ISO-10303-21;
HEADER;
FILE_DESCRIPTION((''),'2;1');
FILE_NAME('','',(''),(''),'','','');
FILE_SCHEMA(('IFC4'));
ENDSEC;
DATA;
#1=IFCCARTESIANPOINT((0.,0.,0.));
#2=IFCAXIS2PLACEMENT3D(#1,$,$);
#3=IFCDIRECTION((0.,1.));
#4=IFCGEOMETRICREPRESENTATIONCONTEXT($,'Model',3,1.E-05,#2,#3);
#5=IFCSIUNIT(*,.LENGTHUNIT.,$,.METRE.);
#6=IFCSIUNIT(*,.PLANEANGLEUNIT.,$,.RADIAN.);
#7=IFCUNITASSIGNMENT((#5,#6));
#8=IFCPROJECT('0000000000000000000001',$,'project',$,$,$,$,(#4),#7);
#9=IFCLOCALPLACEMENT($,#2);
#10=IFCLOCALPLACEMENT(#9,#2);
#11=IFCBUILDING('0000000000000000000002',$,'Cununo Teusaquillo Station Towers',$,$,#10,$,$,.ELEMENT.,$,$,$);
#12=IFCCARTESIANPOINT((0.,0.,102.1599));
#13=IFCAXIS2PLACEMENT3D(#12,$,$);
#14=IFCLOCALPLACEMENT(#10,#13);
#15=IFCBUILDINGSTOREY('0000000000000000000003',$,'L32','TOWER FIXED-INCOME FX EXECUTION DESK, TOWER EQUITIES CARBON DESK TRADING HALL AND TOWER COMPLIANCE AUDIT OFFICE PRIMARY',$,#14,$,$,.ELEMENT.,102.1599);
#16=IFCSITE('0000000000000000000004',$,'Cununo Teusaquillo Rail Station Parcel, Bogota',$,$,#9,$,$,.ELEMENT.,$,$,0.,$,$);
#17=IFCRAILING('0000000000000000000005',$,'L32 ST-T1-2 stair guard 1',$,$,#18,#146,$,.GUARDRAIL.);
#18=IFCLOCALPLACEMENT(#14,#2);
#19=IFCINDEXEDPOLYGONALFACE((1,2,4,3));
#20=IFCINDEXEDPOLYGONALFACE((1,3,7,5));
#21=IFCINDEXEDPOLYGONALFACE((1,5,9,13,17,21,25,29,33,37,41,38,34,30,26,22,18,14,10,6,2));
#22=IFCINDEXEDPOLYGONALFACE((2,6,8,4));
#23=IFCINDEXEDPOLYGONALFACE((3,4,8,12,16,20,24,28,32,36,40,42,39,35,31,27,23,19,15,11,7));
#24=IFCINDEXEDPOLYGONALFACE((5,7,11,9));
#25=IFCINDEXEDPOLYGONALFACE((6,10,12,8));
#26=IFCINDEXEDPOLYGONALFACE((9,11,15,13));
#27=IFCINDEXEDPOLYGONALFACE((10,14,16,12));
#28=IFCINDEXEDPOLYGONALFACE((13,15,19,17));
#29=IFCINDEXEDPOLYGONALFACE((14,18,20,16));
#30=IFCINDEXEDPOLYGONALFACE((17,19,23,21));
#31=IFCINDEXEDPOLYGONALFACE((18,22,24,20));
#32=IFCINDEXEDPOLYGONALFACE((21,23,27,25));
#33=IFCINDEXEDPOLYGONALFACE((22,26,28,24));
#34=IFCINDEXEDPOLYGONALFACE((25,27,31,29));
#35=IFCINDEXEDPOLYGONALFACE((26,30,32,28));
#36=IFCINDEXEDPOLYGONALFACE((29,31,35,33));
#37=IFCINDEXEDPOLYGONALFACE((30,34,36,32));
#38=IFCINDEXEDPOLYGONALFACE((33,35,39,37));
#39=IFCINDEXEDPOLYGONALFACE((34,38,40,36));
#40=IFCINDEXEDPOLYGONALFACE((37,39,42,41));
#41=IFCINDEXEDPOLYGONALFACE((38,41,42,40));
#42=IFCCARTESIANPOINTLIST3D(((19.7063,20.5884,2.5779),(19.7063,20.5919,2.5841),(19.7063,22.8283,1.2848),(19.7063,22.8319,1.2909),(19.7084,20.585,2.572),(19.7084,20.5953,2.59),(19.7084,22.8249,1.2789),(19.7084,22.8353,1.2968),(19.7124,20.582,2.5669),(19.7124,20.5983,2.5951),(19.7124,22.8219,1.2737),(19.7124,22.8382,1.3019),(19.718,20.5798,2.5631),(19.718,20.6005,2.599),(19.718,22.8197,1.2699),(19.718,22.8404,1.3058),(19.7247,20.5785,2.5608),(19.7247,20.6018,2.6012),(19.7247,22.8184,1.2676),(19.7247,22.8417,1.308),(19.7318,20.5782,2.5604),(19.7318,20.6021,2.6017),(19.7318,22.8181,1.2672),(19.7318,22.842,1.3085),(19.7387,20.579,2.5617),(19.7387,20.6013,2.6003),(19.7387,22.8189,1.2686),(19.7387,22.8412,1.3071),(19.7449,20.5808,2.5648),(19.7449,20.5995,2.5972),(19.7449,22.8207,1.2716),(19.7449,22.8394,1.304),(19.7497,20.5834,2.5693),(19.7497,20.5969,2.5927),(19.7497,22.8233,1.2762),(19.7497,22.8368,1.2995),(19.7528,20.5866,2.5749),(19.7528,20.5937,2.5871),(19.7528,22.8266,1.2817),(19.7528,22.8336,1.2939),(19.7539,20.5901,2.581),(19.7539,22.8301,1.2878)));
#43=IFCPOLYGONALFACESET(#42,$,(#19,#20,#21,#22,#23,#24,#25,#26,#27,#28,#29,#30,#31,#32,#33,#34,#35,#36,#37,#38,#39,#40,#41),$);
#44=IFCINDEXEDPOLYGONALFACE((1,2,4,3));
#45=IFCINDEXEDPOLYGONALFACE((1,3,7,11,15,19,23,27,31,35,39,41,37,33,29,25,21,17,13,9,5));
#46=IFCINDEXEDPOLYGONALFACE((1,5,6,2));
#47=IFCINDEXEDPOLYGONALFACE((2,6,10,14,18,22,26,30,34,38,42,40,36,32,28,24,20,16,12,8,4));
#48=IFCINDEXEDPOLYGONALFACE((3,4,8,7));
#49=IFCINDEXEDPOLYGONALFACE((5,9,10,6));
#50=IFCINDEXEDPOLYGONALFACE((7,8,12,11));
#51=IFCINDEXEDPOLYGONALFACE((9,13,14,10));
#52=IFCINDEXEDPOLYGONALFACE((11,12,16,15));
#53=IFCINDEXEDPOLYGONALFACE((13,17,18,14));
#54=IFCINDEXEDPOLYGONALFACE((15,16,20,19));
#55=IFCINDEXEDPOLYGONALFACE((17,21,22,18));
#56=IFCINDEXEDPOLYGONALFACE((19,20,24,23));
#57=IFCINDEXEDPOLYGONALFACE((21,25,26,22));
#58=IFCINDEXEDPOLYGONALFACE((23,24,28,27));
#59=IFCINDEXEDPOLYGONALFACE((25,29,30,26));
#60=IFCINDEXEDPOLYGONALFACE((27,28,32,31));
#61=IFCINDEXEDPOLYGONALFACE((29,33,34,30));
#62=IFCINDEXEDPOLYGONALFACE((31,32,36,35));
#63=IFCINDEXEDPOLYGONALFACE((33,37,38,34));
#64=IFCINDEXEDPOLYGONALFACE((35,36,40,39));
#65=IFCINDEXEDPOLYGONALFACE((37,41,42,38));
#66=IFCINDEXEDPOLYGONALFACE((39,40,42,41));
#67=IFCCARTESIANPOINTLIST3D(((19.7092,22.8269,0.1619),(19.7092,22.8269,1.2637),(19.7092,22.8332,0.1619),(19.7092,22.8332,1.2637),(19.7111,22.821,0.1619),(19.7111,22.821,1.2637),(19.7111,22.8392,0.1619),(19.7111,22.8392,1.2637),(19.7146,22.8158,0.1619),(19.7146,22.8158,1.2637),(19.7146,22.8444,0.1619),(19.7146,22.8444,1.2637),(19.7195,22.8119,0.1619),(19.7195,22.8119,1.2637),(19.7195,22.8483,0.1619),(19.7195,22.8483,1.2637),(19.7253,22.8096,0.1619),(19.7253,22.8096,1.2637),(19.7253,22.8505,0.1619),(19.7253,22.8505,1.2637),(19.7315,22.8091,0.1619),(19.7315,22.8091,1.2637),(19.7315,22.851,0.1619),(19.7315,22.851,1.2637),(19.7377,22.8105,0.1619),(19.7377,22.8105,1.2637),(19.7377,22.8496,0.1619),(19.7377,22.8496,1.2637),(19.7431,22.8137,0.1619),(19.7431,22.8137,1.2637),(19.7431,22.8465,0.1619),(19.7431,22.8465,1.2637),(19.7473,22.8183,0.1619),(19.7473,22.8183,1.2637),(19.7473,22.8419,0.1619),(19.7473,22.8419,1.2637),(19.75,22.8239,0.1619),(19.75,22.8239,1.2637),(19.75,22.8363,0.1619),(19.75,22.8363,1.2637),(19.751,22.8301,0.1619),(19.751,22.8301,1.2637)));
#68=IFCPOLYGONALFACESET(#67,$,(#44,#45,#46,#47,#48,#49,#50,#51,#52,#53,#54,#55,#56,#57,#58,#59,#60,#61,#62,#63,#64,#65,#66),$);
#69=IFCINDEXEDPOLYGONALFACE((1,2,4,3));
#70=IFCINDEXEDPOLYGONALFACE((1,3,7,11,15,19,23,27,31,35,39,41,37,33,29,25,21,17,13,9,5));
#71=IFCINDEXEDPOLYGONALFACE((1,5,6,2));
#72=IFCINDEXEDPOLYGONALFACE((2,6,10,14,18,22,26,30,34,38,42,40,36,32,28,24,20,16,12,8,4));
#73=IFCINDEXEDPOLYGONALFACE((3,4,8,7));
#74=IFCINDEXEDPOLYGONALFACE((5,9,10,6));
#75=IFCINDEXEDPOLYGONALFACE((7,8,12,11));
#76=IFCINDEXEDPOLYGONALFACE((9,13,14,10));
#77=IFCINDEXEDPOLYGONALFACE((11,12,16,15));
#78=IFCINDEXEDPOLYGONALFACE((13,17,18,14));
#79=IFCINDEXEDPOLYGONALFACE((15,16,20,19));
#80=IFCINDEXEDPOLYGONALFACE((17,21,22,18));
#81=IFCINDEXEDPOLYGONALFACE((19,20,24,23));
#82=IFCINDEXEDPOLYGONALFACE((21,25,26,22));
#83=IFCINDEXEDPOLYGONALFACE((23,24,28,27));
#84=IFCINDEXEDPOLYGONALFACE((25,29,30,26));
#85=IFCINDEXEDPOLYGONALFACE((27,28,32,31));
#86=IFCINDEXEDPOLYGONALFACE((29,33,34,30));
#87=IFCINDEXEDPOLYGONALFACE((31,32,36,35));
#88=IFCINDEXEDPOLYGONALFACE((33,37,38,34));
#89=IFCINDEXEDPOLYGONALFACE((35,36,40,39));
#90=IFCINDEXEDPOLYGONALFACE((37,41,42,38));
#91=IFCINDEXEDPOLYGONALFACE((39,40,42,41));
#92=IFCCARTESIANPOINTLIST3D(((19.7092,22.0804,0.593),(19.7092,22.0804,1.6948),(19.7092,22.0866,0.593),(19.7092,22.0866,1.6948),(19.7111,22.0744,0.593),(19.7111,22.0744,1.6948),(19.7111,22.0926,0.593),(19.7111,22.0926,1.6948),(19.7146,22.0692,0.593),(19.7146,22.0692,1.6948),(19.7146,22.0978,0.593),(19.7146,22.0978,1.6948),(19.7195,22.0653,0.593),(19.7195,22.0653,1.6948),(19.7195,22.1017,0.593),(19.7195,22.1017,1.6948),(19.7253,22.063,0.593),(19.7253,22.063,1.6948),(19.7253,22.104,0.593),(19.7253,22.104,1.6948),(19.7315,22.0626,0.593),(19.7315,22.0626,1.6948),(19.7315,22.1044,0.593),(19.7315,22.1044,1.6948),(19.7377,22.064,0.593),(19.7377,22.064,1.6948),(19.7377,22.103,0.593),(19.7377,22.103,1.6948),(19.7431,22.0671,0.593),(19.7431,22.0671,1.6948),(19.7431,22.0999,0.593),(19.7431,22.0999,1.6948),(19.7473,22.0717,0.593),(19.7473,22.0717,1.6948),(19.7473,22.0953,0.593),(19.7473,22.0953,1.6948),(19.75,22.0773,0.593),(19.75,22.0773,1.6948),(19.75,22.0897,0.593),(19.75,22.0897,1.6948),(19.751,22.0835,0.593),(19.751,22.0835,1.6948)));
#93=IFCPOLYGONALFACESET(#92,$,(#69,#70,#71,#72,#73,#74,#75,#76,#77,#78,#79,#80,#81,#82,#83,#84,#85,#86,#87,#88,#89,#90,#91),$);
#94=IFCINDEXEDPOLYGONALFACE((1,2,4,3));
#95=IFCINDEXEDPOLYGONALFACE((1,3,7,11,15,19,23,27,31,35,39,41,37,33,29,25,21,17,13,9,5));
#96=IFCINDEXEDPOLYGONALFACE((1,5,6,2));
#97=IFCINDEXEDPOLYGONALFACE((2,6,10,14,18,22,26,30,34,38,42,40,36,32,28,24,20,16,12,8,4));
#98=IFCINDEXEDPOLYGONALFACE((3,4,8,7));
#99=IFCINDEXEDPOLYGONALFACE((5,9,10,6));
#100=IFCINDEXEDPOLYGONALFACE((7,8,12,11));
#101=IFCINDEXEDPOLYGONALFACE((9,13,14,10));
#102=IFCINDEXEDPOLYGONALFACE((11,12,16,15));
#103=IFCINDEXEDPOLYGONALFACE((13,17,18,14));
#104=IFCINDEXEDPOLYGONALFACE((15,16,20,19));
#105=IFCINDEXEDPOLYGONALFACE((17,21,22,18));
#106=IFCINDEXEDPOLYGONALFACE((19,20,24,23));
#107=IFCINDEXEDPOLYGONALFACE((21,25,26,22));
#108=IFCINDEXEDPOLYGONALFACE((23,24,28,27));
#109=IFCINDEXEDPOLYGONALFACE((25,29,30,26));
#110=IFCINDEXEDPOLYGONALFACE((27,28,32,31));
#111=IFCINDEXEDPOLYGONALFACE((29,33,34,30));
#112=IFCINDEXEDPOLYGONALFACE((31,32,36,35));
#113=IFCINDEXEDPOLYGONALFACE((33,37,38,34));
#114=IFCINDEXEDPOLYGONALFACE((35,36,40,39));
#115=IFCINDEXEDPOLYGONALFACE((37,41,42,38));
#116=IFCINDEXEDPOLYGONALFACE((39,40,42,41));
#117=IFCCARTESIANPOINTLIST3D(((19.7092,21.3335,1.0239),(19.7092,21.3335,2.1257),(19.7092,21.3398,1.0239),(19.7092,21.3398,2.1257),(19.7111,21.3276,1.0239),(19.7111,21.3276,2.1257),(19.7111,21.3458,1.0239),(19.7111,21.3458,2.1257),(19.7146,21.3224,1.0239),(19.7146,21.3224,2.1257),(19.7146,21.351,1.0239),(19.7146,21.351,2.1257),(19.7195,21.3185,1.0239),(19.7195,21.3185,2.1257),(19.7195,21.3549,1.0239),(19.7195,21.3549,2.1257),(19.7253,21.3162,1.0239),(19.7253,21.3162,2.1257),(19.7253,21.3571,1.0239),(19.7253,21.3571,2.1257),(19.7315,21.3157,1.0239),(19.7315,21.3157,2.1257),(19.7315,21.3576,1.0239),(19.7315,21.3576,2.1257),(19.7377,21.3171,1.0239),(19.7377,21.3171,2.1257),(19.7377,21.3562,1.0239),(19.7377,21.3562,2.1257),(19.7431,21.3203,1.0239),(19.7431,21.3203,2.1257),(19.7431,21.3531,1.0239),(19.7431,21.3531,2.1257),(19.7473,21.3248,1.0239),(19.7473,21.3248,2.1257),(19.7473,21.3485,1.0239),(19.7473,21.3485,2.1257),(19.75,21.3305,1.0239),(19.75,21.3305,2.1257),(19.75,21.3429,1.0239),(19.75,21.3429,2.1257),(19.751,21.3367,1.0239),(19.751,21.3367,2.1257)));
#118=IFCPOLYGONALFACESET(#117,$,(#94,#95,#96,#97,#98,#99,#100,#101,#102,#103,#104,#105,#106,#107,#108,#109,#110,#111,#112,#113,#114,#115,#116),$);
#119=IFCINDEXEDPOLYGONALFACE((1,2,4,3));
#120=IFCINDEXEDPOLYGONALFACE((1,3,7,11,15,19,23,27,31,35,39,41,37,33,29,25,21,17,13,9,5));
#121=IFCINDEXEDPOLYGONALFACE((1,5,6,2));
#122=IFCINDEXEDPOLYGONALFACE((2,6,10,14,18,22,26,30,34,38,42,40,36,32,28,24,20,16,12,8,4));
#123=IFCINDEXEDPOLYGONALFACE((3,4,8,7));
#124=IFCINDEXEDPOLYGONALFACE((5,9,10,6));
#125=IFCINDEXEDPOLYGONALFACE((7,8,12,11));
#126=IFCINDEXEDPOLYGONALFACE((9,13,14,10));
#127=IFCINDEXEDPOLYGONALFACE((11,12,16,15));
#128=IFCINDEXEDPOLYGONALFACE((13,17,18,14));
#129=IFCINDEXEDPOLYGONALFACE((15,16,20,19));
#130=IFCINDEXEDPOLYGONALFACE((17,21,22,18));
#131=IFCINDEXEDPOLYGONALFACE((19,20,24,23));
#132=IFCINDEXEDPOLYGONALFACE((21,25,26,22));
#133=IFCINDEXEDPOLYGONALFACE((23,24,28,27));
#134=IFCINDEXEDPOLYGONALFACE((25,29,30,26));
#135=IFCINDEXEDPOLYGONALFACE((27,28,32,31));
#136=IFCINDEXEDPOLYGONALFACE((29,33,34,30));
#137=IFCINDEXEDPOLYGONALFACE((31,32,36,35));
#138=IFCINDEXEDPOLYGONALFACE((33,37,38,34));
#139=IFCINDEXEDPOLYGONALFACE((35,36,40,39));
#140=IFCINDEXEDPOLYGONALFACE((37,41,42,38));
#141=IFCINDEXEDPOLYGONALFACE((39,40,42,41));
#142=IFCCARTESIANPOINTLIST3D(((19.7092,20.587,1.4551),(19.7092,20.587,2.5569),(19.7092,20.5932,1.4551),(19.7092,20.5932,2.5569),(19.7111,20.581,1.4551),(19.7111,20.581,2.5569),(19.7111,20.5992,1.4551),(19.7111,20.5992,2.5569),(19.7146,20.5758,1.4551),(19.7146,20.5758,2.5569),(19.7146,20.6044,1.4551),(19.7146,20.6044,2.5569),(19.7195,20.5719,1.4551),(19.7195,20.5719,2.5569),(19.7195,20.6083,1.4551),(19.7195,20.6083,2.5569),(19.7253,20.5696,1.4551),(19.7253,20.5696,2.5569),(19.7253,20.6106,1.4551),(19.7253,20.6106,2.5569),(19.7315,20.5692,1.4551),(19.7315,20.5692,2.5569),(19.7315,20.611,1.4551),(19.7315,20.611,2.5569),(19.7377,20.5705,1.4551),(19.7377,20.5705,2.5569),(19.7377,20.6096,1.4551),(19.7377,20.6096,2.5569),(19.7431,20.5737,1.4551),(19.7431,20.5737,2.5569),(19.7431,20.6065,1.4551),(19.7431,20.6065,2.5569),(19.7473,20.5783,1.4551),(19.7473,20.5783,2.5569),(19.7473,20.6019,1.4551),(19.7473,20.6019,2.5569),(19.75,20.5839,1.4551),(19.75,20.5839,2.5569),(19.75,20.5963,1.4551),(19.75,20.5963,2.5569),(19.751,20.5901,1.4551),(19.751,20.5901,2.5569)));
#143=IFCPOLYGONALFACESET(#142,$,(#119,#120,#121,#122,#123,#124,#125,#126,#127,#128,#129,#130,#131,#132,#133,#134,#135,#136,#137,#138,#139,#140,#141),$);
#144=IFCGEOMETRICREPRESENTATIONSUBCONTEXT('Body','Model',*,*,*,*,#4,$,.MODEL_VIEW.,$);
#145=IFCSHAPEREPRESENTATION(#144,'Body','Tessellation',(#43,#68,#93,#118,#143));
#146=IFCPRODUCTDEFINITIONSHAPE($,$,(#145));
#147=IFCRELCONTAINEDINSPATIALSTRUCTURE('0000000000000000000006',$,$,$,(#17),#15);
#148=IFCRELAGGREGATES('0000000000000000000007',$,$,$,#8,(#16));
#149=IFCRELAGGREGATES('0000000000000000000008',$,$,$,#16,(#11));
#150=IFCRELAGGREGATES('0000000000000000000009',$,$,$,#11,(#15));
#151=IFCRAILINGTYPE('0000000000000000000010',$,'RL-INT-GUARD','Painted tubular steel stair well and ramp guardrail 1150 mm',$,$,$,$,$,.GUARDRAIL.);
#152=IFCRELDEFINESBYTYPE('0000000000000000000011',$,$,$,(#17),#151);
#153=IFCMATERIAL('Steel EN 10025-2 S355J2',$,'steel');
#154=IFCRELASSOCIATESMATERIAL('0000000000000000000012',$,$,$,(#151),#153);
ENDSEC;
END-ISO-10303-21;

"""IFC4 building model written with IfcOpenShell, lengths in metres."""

from ifc_helpers import new_model, si_unit, direction, frame, origin, origin_2d, place, context, subcontext, project, spatial, circle, extrude, material, type_object, element, save


model = new_model("IFC4")

# Units and contexts
model_context = context("Model", 3, precision=1e-05, world=origin(), true_north=direction((0.0, 1.0)))
body_context = subcontext(model_context, "Body", "Model", "MODEL_VIEW")
ifc_project = project(units=[si_unit("LENGTHUNIT", "METRE"), si_unit("PLANEANGLEUNIT", "RADIAN")], contexts=[model_context])

# Site, building, storey
site_placement = place(None, origin())
site = spatial("IfcSite", under=ifc_project, at=site_placement, Name="Cununo Teusaquillo Rail Station Parcel, Bogota", CompositionType="ELEMENT", RefElevation=0.0)
building_placement = place(site_placement, origin())
building = spatial("IfcBuilding", under=site, at=building_placement, Name="Cununo Teusaquillo Station Towers", CompositionType="ELEMENT")
storey_placement = place(building_placement, frame((0.0, 0.0, 102.1599)))
storey = spatial("IfcBuildingStorey", under=building, at=storey_placement, Name="L32", Description="TOWER FIXED-INCOME FX EXECUTION DESK, TOWER EQUITIES CARBON DESK TRADING HALL AND TOWER COMPLIANCE AUDIT OFFICE PRIMARY", CompositionType="ELEMENT", Elevation=102.1599)

# Railing
ifc_material_1 = material(Name="Steel EN 10025-2 S355J2", Category="steel")
railing_type_1 = type_object("IfcRailingType", Name="RL-INT-GUARD", Description="Painted tubular steel stair well and ramp guardrail 1150 mm", PredefinedType="GUARDRAIL", material=ifc_material_1)
railing_1_placement = place(storey_placement, frame((19.73, 22.8301, 0.1619)))
element("IfcRailing", 1, at=railing_1_placement, inside=storey, type_object=railing_type_1, Name="L32 ST-T1-2 stair guard 1", PredefinedType="GUARDRAIL", context=body_context, shape_type="SweptSolid", body=[
    extrude(circle(Radius=0.0239, at=origin_2d()), frame((0.0, 0.0, 1.126), z_axis=(0.0, -0.866033, 0.499987), x_axis=(1.0, 0.0, 0.0)), (0.0, 0.0, 1.0), 2.5864),
    extrude(circle(Radius=0.021, at=origin_2d()), origin(), (0.0, 0.0, 1.0), 1.1018),
    extrude(circle(Radius=0.021, at=origin_2d()), frame((0.0, -0.7466, 0.4312)), (0.0, 0.0, 1.0), 1.1018),
    extrude(circle(Radius=0.021, at=origin_2d()), frame((0.0, -1.4934, 0.8621)), (0.0, 0.0, 1.0), 1.1018),
    extrude(circle(Radius=0.021, at=origin_2d()), frame((0.0, -2.24, 1.2932)), (0.0, 0.0, 1.0), 1.1018),
])

save(model, "model.ifc")
